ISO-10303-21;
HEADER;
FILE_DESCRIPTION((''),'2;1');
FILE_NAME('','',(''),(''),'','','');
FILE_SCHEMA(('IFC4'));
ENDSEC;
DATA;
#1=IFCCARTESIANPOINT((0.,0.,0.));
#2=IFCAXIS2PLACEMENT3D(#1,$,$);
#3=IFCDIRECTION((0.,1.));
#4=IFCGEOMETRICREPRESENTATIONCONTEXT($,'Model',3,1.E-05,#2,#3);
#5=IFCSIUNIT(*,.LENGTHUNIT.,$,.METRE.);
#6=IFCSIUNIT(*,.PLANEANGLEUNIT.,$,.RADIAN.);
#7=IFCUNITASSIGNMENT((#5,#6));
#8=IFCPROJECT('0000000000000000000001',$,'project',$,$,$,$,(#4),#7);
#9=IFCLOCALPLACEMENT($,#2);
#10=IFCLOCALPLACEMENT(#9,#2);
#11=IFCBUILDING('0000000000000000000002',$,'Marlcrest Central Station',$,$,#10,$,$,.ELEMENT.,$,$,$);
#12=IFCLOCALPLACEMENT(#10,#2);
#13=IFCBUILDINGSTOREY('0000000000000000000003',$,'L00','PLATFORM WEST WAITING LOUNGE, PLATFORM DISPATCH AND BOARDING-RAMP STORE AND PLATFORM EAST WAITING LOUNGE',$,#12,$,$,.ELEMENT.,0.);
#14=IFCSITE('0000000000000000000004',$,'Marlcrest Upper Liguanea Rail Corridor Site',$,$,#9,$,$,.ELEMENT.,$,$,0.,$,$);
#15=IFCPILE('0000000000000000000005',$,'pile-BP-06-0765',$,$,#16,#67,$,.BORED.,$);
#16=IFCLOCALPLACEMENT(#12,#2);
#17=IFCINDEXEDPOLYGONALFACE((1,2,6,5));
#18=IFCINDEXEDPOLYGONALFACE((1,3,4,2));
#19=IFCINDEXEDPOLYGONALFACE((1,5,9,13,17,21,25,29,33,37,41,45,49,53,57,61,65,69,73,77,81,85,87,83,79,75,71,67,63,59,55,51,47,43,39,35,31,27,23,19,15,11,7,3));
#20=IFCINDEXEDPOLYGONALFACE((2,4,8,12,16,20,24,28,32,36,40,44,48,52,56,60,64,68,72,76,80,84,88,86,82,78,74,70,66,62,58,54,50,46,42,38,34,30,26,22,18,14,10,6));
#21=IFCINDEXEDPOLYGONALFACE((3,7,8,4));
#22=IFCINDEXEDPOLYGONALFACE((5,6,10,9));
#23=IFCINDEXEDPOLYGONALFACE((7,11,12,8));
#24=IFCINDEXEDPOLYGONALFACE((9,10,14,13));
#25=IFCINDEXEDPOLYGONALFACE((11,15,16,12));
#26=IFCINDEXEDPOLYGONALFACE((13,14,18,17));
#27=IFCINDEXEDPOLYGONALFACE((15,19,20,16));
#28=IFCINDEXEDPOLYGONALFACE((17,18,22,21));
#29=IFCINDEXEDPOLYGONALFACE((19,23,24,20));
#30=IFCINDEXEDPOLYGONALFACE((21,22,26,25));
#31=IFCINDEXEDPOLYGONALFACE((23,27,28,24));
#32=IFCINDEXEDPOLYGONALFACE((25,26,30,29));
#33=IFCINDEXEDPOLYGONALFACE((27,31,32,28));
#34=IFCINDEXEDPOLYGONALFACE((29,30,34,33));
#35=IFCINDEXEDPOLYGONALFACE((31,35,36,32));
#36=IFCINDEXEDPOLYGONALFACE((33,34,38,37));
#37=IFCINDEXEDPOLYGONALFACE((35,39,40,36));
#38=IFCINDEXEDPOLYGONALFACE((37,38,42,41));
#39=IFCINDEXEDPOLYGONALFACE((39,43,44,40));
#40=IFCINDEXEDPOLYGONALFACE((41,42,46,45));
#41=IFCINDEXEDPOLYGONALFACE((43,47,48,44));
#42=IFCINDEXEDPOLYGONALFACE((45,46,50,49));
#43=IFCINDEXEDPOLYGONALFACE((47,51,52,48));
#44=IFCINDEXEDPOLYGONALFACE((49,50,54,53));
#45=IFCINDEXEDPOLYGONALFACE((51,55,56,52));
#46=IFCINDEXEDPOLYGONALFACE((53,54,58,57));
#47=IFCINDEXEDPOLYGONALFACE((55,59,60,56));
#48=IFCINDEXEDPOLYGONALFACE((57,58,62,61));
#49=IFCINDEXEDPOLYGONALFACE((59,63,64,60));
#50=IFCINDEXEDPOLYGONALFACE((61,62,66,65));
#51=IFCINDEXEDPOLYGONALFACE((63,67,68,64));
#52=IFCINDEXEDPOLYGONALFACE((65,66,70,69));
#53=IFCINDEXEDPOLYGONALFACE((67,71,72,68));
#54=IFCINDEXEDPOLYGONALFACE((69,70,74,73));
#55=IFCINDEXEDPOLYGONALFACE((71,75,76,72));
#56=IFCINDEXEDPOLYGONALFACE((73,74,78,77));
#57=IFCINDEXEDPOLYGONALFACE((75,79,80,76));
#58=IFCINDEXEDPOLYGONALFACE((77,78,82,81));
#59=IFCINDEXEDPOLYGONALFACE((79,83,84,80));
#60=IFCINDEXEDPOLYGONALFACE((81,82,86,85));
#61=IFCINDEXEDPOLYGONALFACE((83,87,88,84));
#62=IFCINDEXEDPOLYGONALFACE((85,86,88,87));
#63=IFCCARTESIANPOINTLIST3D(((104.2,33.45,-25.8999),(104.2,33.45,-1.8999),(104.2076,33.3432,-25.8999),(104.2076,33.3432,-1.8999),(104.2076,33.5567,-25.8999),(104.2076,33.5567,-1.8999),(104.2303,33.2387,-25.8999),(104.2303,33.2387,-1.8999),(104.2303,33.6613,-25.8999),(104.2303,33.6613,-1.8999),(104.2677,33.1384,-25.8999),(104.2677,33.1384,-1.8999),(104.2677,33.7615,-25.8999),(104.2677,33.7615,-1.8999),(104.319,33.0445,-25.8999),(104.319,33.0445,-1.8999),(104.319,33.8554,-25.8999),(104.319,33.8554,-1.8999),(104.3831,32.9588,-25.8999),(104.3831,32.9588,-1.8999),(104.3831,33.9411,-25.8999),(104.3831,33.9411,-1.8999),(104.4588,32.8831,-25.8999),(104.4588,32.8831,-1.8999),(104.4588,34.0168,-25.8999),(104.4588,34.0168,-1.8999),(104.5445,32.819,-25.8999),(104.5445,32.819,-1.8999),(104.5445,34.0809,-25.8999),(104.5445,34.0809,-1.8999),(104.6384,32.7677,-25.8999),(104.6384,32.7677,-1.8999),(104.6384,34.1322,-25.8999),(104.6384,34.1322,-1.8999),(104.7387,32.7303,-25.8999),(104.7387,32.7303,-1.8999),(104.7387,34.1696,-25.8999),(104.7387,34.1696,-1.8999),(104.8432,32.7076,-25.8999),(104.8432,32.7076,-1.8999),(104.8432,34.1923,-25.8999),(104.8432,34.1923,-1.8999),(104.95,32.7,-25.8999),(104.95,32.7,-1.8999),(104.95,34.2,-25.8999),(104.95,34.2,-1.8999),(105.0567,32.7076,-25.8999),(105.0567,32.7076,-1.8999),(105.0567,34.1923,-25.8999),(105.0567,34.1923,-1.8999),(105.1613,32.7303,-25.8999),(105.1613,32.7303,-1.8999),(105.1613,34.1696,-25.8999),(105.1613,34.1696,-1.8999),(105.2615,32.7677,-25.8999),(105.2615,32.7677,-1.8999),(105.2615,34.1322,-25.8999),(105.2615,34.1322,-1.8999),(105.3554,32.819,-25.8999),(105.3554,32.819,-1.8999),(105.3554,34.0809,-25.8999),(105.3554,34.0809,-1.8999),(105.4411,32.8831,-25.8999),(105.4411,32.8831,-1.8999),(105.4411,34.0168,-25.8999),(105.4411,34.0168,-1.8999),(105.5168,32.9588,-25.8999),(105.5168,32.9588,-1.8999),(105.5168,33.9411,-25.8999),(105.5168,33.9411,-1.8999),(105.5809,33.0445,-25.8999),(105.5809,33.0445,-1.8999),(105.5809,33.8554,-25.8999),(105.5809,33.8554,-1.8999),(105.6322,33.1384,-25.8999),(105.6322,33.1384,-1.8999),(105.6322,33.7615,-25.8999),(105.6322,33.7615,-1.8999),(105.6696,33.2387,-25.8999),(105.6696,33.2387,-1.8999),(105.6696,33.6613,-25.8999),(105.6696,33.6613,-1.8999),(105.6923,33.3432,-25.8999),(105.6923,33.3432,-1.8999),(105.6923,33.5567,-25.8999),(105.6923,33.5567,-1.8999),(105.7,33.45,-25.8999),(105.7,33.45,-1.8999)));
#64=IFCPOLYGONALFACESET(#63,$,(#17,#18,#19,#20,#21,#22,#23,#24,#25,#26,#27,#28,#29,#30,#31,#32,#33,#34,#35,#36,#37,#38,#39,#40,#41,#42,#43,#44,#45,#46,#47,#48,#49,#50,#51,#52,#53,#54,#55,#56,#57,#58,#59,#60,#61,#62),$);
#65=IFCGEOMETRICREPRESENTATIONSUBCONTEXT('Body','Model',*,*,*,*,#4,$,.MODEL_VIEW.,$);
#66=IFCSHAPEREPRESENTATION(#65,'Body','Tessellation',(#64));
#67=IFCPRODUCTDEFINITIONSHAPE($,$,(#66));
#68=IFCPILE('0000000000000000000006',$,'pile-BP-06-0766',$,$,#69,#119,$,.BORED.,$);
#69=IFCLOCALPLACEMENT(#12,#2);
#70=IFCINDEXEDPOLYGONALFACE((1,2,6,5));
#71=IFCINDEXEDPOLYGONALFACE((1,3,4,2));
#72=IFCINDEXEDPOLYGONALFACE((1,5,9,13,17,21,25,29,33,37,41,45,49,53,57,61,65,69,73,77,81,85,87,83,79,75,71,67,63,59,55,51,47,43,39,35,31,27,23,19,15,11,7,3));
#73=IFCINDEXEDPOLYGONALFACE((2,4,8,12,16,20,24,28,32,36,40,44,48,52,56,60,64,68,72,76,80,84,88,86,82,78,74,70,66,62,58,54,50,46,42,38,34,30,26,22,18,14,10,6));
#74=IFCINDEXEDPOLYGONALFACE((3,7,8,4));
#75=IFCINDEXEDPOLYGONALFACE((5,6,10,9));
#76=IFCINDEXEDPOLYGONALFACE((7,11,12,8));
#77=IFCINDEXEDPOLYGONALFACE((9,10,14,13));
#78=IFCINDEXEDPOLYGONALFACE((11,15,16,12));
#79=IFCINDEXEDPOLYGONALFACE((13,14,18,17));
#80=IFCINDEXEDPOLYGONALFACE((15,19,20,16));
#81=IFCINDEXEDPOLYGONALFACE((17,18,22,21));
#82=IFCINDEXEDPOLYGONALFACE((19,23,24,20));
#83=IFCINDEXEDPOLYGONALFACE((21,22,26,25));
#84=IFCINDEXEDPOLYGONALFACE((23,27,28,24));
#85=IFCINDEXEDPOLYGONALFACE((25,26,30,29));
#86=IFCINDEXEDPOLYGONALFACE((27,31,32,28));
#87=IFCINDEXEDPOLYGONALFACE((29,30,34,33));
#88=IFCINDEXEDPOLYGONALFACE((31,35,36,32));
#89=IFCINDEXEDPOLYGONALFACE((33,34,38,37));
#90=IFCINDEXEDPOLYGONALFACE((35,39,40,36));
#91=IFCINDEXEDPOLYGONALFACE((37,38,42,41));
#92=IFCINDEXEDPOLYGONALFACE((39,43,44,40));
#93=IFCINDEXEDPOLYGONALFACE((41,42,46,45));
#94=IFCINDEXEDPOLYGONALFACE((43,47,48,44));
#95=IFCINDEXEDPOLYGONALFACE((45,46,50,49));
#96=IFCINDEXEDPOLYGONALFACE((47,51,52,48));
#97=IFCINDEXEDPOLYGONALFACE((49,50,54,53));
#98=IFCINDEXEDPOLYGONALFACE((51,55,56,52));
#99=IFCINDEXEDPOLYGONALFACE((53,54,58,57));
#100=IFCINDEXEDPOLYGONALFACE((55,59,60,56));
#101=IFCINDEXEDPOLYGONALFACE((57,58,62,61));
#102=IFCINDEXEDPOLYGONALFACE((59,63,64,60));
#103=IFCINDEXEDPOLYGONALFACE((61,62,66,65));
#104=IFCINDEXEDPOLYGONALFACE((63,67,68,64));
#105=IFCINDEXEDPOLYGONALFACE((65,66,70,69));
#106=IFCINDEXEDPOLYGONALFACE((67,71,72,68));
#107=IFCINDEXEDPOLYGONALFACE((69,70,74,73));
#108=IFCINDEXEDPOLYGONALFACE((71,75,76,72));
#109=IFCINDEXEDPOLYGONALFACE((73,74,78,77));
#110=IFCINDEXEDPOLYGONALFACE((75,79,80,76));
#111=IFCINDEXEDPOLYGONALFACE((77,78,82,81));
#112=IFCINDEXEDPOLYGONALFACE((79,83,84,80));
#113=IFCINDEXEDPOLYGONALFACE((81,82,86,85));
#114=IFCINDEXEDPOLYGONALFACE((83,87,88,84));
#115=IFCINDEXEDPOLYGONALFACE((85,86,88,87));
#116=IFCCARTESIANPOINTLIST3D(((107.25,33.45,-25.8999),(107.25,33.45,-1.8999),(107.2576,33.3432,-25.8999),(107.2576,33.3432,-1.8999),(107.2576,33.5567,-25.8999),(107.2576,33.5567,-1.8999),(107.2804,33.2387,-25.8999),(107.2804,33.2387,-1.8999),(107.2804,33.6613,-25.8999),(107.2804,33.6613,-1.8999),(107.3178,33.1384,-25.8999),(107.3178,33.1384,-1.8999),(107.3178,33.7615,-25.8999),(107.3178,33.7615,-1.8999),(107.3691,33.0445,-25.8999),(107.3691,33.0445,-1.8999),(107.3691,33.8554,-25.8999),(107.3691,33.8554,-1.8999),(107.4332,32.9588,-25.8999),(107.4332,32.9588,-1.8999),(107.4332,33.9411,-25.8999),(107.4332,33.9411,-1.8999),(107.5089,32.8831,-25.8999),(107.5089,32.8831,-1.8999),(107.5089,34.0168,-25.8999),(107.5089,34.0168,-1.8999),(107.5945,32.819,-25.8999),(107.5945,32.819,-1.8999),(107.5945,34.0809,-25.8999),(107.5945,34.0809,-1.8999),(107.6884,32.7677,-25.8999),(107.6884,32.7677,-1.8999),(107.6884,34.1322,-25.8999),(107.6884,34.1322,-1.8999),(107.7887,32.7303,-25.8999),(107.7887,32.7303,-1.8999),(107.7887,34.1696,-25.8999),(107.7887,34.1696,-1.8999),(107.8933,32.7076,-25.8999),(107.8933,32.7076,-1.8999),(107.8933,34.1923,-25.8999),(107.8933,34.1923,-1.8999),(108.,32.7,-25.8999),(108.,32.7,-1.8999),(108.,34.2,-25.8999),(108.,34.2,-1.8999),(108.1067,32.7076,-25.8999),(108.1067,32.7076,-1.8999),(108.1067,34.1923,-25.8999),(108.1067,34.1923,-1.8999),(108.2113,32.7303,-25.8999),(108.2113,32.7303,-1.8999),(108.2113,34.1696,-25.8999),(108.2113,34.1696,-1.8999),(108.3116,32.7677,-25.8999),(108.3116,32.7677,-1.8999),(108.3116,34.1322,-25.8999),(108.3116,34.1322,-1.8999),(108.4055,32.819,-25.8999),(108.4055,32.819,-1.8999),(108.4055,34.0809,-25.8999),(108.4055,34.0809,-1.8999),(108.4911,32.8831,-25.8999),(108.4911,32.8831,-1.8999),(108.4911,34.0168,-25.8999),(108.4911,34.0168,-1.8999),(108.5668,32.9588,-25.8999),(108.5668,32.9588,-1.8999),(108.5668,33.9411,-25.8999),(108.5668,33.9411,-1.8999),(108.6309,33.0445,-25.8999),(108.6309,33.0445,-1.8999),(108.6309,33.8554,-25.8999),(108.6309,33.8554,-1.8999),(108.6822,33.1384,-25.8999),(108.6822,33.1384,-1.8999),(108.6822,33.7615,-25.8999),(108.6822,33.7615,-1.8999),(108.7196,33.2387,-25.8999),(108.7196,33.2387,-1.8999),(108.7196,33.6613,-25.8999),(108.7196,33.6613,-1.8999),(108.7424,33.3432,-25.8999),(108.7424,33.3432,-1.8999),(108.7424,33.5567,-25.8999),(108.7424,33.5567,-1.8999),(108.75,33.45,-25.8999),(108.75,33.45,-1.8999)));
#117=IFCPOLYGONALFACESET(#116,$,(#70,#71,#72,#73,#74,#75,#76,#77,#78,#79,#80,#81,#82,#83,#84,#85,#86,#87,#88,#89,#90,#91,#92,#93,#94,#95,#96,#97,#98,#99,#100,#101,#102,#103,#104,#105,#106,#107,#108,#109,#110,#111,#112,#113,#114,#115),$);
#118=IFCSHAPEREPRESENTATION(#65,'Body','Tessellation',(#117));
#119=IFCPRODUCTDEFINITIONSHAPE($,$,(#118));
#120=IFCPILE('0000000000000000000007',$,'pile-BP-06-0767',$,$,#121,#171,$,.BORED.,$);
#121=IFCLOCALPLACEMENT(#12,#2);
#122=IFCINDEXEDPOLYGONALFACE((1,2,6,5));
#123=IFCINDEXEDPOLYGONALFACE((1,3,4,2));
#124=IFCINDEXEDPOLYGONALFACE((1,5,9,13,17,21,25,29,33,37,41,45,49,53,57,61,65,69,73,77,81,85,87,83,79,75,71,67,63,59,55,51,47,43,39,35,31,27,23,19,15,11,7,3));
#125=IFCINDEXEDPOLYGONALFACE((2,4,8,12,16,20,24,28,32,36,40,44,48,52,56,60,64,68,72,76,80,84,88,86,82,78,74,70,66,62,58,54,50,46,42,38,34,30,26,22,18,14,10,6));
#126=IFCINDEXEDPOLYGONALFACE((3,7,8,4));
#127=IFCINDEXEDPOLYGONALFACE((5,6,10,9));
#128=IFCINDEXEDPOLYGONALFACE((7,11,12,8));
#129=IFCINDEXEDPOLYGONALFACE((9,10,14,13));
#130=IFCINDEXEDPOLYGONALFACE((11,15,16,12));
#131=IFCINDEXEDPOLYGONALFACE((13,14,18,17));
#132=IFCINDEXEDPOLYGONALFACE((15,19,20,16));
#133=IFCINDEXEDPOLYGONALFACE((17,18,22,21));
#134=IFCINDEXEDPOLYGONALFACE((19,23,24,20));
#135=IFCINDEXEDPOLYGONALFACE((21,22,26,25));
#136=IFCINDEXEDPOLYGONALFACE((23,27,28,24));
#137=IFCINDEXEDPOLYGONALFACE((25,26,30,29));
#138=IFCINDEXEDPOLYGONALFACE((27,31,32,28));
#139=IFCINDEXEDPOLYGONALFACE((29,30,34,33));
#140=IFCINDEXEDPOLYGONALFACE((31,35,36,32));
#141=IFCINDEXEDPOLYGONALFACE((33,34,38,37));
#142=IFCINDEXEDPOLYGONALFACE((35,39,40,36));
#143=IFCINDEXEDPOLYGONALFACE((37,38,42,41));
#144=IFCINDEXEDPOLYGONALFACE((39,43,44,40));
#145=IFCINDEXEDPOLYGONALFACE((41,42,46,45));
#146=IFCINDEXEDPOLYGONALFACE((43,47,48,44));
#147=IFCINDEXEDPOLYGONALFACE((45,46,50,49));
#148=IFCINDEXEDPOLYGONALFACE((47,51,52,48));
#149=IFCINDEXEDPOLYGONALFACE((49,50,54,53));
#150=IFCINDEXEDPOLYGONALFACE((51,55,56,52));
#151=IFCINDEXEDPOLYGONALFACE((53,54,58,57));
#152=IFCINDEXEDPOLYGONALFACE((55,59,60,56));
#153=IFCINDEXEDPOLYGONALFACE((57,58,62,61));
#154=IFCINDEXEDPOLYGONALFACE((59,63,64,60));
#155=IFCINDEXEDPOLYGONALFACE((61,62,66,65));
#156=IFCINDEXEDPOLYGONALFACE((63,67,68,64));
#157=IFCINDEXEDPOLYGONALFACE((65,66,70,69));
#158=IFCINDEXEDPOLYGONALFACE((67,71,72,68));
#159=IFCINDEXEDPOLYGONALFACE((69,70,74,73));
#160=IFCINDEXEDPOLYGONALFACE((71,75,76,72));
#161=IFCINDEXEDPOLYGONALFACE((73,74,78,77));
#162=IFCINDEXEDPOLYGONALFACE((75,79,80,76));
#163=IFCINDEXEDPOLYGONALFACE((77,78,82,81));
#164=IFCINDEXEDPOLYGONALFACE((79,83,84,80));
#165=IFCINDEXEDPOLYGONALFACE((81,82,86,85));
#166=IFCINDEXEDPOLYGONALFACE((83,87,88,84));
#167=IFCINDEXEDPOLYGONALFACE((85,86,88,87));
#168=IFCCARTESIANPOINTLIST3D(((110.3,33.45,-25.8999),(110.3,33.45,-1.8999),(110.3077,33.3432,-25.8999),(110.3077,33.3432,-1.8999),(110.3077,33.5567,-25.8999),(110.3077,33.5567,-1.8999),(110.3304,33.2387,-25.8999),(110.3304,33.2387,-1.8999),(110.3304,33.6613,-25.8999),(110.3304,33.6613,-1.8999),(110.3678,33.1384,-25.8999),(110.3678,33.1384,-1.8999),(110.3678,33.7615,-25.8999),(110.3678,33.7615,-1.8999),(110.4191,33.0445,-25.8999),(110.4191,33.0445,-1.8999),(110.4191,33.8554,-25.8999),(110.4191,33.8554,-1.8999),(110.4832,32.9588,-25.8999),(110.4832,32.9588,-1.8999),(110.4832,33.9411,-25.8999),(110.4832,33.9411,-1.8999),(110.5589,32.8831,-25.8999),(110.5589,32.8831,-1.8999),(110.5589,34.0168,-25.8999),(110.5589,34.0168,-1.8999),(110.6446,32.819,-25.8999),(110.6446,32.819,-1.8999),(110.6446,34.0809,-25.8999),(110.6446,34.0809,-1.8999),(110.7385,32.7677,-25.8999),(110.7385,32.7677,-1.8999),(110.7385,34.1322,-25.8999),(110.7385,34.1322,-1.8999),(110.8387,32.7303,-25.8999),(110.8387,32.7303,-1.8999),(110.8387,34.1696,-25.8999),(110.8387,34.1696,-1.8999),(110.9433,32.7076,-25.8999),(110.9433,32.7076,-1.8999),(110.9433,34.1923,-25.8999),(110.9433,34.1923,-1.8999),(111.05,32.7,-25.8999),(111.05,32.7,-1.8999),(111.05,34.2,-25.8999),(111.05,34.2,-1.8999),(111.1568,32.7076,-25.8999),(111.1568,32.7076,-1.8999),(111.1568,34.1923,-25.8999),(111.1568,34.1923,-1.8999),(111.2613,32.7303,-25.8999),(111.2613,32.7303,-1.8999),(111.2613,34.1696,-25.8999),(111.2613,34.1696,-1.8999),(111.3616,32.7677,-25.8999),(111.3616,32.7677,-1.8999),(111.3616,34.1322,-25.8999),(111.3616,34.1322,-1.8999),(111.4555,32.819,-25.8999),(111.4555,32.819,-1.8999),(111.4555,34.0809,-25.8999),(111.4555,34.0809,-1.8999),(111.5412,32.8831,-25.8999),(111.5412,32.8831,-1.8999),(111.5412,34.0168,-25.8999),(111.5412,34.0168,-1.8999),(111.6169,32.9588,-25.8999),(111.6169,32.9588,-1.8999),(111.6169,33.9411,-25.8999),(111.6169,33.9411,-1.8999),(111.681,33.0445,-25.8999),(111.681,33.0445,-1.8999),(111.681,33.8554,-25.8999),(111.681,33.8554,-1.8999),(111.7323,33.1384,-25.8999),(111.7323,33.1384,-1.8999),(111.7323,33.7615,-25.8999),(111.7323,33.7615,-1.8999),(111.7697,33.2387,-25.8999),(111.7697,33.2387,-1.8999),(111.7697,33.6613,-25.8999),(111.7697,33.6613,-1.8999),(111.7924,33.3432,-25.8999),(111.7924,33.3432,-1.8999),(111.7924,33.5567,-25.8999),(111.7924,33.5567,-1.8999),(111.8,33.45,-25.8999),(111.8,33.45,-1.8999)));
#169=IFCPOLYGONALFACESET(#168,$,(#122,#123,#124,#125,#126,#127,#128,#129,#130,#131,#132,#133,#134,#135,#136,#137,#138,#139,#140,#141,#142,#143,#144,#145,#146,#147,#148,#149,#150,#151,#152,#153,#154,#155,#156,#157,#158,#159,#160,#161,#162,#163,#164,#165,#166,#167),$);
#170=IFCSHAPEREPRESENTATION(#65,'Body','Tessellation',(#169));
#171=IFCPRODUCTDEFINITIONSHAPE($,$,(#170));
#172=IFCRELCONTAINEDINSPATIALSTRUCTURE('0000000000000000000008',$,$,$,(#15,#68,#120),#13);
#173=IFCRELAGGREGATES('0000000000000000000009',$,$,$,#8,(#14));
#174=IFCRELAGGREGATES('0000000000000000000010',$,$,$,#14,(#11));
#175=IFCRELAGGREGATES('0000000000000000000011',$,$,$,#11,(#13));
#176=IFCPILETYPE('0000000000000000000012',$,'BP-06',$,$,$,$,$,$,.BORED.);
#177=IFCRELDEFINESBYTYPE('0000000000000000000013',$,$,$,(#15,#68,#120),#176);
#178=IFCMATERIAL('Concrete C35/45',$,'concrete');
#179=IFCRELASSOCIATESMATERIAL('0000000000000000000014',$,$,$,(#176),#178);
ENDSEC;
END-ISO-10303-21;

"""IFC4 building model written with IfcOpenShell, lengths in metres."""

from ifc_helpers import new_model, si_unit, direction, frame, origin, origin_2d, place, context, subcontext, project, spatial, circle, extrude, material, material_profile, profile_set, type_object, element, save


model = new_model("IFC4")

# Units and contexts
model_context = context("Model", 3, precision=1e-05, world=origin(), true_north=direction((0.0, 1.0)))
body_context = subcontext(model_context, "Body", "Model", "MODEL_VIEW")
ifc_project = project(units=[si_unit("LENGTHUNIT", "METRE"), si_unit("PLANEANGLEUNIT", "RADIAN")], contexts=[model_context])

# Site, building, storey
site_placement = place(None, origin())
site = spatial("IfcSite", under=ifc_project, at=site_placement, Name="Marlcrest Upper Liguanea Rail Corridor Site", CompositionType="ELEMENT", RefElevation=0.0)
building_placement = place(site_placement, origin())
building = spatial("IfcBuilding", under=site, at=building_placement, Name="Marlcrest Central Station", CompositionType="ELEMENT")
storey_placement = place(building_placement, origin())
storey = spatial("IfcBuildingStorey", under=building, at=storey_placement, Name="L00", Description="PLATFORM WEST WAITING LOUNGE, PLATFORM DISPATCH AND BOARDING-RAMP STORE AND PLATFORM EAST WAITING LOUNGE", CompositionType="ELEMENT", Elevation=0.0)

# Piles
ifc_material_1 = material(Name="Concrete C35/45", Category="concrete")
ifc_material_profile_1 = material_profile(ifc_material_1, circle(Radius=0.75, at=origin_2d()), Name="PILE D1500")
ifc_profile_set_1 = profile_set([ifc_material_profile_1], Name="Concrete C35/45")
pile_type_1 = type_object("IfcPileType", Name="BP-06", PredefinedType="BORED", material=ifc_profile_set_1)
for number, where, z_axis, x_axis, name in (
    (1, (104.95, 33.45, -1.8999), (0.0, 0.0, -1.0), (1.0, 0.0, 0.0), "pile-BP-06-0765"),
    (2, (108.0, 33.45, -1.8999), (0.0, 0.0, -1.0), (1.0, 0.0, 0.0), "pile-BP-06-0766"),
    (3, (111.05, 33.45, -1.8999), (0.0, 0.0, -1.0), (1.0, 0.0, 0.0), "pile-BP-06-0767"),
):
    element("IfcPile", number, at=place(storey_placement, frame(where, z_axis=z_axis, x_axis=x_axis)), inside=storey, type_object=pile_type_1, Name=name, PredefinedType="BORED", context=body_context, shape_type="SweptSolid", body=[
        extrude(circle(Radius=0.75, at=origin_2d()), origin(), (0.0, 0.0, 1.0), 24.0),
    ])

save(model, "model.ifc")
